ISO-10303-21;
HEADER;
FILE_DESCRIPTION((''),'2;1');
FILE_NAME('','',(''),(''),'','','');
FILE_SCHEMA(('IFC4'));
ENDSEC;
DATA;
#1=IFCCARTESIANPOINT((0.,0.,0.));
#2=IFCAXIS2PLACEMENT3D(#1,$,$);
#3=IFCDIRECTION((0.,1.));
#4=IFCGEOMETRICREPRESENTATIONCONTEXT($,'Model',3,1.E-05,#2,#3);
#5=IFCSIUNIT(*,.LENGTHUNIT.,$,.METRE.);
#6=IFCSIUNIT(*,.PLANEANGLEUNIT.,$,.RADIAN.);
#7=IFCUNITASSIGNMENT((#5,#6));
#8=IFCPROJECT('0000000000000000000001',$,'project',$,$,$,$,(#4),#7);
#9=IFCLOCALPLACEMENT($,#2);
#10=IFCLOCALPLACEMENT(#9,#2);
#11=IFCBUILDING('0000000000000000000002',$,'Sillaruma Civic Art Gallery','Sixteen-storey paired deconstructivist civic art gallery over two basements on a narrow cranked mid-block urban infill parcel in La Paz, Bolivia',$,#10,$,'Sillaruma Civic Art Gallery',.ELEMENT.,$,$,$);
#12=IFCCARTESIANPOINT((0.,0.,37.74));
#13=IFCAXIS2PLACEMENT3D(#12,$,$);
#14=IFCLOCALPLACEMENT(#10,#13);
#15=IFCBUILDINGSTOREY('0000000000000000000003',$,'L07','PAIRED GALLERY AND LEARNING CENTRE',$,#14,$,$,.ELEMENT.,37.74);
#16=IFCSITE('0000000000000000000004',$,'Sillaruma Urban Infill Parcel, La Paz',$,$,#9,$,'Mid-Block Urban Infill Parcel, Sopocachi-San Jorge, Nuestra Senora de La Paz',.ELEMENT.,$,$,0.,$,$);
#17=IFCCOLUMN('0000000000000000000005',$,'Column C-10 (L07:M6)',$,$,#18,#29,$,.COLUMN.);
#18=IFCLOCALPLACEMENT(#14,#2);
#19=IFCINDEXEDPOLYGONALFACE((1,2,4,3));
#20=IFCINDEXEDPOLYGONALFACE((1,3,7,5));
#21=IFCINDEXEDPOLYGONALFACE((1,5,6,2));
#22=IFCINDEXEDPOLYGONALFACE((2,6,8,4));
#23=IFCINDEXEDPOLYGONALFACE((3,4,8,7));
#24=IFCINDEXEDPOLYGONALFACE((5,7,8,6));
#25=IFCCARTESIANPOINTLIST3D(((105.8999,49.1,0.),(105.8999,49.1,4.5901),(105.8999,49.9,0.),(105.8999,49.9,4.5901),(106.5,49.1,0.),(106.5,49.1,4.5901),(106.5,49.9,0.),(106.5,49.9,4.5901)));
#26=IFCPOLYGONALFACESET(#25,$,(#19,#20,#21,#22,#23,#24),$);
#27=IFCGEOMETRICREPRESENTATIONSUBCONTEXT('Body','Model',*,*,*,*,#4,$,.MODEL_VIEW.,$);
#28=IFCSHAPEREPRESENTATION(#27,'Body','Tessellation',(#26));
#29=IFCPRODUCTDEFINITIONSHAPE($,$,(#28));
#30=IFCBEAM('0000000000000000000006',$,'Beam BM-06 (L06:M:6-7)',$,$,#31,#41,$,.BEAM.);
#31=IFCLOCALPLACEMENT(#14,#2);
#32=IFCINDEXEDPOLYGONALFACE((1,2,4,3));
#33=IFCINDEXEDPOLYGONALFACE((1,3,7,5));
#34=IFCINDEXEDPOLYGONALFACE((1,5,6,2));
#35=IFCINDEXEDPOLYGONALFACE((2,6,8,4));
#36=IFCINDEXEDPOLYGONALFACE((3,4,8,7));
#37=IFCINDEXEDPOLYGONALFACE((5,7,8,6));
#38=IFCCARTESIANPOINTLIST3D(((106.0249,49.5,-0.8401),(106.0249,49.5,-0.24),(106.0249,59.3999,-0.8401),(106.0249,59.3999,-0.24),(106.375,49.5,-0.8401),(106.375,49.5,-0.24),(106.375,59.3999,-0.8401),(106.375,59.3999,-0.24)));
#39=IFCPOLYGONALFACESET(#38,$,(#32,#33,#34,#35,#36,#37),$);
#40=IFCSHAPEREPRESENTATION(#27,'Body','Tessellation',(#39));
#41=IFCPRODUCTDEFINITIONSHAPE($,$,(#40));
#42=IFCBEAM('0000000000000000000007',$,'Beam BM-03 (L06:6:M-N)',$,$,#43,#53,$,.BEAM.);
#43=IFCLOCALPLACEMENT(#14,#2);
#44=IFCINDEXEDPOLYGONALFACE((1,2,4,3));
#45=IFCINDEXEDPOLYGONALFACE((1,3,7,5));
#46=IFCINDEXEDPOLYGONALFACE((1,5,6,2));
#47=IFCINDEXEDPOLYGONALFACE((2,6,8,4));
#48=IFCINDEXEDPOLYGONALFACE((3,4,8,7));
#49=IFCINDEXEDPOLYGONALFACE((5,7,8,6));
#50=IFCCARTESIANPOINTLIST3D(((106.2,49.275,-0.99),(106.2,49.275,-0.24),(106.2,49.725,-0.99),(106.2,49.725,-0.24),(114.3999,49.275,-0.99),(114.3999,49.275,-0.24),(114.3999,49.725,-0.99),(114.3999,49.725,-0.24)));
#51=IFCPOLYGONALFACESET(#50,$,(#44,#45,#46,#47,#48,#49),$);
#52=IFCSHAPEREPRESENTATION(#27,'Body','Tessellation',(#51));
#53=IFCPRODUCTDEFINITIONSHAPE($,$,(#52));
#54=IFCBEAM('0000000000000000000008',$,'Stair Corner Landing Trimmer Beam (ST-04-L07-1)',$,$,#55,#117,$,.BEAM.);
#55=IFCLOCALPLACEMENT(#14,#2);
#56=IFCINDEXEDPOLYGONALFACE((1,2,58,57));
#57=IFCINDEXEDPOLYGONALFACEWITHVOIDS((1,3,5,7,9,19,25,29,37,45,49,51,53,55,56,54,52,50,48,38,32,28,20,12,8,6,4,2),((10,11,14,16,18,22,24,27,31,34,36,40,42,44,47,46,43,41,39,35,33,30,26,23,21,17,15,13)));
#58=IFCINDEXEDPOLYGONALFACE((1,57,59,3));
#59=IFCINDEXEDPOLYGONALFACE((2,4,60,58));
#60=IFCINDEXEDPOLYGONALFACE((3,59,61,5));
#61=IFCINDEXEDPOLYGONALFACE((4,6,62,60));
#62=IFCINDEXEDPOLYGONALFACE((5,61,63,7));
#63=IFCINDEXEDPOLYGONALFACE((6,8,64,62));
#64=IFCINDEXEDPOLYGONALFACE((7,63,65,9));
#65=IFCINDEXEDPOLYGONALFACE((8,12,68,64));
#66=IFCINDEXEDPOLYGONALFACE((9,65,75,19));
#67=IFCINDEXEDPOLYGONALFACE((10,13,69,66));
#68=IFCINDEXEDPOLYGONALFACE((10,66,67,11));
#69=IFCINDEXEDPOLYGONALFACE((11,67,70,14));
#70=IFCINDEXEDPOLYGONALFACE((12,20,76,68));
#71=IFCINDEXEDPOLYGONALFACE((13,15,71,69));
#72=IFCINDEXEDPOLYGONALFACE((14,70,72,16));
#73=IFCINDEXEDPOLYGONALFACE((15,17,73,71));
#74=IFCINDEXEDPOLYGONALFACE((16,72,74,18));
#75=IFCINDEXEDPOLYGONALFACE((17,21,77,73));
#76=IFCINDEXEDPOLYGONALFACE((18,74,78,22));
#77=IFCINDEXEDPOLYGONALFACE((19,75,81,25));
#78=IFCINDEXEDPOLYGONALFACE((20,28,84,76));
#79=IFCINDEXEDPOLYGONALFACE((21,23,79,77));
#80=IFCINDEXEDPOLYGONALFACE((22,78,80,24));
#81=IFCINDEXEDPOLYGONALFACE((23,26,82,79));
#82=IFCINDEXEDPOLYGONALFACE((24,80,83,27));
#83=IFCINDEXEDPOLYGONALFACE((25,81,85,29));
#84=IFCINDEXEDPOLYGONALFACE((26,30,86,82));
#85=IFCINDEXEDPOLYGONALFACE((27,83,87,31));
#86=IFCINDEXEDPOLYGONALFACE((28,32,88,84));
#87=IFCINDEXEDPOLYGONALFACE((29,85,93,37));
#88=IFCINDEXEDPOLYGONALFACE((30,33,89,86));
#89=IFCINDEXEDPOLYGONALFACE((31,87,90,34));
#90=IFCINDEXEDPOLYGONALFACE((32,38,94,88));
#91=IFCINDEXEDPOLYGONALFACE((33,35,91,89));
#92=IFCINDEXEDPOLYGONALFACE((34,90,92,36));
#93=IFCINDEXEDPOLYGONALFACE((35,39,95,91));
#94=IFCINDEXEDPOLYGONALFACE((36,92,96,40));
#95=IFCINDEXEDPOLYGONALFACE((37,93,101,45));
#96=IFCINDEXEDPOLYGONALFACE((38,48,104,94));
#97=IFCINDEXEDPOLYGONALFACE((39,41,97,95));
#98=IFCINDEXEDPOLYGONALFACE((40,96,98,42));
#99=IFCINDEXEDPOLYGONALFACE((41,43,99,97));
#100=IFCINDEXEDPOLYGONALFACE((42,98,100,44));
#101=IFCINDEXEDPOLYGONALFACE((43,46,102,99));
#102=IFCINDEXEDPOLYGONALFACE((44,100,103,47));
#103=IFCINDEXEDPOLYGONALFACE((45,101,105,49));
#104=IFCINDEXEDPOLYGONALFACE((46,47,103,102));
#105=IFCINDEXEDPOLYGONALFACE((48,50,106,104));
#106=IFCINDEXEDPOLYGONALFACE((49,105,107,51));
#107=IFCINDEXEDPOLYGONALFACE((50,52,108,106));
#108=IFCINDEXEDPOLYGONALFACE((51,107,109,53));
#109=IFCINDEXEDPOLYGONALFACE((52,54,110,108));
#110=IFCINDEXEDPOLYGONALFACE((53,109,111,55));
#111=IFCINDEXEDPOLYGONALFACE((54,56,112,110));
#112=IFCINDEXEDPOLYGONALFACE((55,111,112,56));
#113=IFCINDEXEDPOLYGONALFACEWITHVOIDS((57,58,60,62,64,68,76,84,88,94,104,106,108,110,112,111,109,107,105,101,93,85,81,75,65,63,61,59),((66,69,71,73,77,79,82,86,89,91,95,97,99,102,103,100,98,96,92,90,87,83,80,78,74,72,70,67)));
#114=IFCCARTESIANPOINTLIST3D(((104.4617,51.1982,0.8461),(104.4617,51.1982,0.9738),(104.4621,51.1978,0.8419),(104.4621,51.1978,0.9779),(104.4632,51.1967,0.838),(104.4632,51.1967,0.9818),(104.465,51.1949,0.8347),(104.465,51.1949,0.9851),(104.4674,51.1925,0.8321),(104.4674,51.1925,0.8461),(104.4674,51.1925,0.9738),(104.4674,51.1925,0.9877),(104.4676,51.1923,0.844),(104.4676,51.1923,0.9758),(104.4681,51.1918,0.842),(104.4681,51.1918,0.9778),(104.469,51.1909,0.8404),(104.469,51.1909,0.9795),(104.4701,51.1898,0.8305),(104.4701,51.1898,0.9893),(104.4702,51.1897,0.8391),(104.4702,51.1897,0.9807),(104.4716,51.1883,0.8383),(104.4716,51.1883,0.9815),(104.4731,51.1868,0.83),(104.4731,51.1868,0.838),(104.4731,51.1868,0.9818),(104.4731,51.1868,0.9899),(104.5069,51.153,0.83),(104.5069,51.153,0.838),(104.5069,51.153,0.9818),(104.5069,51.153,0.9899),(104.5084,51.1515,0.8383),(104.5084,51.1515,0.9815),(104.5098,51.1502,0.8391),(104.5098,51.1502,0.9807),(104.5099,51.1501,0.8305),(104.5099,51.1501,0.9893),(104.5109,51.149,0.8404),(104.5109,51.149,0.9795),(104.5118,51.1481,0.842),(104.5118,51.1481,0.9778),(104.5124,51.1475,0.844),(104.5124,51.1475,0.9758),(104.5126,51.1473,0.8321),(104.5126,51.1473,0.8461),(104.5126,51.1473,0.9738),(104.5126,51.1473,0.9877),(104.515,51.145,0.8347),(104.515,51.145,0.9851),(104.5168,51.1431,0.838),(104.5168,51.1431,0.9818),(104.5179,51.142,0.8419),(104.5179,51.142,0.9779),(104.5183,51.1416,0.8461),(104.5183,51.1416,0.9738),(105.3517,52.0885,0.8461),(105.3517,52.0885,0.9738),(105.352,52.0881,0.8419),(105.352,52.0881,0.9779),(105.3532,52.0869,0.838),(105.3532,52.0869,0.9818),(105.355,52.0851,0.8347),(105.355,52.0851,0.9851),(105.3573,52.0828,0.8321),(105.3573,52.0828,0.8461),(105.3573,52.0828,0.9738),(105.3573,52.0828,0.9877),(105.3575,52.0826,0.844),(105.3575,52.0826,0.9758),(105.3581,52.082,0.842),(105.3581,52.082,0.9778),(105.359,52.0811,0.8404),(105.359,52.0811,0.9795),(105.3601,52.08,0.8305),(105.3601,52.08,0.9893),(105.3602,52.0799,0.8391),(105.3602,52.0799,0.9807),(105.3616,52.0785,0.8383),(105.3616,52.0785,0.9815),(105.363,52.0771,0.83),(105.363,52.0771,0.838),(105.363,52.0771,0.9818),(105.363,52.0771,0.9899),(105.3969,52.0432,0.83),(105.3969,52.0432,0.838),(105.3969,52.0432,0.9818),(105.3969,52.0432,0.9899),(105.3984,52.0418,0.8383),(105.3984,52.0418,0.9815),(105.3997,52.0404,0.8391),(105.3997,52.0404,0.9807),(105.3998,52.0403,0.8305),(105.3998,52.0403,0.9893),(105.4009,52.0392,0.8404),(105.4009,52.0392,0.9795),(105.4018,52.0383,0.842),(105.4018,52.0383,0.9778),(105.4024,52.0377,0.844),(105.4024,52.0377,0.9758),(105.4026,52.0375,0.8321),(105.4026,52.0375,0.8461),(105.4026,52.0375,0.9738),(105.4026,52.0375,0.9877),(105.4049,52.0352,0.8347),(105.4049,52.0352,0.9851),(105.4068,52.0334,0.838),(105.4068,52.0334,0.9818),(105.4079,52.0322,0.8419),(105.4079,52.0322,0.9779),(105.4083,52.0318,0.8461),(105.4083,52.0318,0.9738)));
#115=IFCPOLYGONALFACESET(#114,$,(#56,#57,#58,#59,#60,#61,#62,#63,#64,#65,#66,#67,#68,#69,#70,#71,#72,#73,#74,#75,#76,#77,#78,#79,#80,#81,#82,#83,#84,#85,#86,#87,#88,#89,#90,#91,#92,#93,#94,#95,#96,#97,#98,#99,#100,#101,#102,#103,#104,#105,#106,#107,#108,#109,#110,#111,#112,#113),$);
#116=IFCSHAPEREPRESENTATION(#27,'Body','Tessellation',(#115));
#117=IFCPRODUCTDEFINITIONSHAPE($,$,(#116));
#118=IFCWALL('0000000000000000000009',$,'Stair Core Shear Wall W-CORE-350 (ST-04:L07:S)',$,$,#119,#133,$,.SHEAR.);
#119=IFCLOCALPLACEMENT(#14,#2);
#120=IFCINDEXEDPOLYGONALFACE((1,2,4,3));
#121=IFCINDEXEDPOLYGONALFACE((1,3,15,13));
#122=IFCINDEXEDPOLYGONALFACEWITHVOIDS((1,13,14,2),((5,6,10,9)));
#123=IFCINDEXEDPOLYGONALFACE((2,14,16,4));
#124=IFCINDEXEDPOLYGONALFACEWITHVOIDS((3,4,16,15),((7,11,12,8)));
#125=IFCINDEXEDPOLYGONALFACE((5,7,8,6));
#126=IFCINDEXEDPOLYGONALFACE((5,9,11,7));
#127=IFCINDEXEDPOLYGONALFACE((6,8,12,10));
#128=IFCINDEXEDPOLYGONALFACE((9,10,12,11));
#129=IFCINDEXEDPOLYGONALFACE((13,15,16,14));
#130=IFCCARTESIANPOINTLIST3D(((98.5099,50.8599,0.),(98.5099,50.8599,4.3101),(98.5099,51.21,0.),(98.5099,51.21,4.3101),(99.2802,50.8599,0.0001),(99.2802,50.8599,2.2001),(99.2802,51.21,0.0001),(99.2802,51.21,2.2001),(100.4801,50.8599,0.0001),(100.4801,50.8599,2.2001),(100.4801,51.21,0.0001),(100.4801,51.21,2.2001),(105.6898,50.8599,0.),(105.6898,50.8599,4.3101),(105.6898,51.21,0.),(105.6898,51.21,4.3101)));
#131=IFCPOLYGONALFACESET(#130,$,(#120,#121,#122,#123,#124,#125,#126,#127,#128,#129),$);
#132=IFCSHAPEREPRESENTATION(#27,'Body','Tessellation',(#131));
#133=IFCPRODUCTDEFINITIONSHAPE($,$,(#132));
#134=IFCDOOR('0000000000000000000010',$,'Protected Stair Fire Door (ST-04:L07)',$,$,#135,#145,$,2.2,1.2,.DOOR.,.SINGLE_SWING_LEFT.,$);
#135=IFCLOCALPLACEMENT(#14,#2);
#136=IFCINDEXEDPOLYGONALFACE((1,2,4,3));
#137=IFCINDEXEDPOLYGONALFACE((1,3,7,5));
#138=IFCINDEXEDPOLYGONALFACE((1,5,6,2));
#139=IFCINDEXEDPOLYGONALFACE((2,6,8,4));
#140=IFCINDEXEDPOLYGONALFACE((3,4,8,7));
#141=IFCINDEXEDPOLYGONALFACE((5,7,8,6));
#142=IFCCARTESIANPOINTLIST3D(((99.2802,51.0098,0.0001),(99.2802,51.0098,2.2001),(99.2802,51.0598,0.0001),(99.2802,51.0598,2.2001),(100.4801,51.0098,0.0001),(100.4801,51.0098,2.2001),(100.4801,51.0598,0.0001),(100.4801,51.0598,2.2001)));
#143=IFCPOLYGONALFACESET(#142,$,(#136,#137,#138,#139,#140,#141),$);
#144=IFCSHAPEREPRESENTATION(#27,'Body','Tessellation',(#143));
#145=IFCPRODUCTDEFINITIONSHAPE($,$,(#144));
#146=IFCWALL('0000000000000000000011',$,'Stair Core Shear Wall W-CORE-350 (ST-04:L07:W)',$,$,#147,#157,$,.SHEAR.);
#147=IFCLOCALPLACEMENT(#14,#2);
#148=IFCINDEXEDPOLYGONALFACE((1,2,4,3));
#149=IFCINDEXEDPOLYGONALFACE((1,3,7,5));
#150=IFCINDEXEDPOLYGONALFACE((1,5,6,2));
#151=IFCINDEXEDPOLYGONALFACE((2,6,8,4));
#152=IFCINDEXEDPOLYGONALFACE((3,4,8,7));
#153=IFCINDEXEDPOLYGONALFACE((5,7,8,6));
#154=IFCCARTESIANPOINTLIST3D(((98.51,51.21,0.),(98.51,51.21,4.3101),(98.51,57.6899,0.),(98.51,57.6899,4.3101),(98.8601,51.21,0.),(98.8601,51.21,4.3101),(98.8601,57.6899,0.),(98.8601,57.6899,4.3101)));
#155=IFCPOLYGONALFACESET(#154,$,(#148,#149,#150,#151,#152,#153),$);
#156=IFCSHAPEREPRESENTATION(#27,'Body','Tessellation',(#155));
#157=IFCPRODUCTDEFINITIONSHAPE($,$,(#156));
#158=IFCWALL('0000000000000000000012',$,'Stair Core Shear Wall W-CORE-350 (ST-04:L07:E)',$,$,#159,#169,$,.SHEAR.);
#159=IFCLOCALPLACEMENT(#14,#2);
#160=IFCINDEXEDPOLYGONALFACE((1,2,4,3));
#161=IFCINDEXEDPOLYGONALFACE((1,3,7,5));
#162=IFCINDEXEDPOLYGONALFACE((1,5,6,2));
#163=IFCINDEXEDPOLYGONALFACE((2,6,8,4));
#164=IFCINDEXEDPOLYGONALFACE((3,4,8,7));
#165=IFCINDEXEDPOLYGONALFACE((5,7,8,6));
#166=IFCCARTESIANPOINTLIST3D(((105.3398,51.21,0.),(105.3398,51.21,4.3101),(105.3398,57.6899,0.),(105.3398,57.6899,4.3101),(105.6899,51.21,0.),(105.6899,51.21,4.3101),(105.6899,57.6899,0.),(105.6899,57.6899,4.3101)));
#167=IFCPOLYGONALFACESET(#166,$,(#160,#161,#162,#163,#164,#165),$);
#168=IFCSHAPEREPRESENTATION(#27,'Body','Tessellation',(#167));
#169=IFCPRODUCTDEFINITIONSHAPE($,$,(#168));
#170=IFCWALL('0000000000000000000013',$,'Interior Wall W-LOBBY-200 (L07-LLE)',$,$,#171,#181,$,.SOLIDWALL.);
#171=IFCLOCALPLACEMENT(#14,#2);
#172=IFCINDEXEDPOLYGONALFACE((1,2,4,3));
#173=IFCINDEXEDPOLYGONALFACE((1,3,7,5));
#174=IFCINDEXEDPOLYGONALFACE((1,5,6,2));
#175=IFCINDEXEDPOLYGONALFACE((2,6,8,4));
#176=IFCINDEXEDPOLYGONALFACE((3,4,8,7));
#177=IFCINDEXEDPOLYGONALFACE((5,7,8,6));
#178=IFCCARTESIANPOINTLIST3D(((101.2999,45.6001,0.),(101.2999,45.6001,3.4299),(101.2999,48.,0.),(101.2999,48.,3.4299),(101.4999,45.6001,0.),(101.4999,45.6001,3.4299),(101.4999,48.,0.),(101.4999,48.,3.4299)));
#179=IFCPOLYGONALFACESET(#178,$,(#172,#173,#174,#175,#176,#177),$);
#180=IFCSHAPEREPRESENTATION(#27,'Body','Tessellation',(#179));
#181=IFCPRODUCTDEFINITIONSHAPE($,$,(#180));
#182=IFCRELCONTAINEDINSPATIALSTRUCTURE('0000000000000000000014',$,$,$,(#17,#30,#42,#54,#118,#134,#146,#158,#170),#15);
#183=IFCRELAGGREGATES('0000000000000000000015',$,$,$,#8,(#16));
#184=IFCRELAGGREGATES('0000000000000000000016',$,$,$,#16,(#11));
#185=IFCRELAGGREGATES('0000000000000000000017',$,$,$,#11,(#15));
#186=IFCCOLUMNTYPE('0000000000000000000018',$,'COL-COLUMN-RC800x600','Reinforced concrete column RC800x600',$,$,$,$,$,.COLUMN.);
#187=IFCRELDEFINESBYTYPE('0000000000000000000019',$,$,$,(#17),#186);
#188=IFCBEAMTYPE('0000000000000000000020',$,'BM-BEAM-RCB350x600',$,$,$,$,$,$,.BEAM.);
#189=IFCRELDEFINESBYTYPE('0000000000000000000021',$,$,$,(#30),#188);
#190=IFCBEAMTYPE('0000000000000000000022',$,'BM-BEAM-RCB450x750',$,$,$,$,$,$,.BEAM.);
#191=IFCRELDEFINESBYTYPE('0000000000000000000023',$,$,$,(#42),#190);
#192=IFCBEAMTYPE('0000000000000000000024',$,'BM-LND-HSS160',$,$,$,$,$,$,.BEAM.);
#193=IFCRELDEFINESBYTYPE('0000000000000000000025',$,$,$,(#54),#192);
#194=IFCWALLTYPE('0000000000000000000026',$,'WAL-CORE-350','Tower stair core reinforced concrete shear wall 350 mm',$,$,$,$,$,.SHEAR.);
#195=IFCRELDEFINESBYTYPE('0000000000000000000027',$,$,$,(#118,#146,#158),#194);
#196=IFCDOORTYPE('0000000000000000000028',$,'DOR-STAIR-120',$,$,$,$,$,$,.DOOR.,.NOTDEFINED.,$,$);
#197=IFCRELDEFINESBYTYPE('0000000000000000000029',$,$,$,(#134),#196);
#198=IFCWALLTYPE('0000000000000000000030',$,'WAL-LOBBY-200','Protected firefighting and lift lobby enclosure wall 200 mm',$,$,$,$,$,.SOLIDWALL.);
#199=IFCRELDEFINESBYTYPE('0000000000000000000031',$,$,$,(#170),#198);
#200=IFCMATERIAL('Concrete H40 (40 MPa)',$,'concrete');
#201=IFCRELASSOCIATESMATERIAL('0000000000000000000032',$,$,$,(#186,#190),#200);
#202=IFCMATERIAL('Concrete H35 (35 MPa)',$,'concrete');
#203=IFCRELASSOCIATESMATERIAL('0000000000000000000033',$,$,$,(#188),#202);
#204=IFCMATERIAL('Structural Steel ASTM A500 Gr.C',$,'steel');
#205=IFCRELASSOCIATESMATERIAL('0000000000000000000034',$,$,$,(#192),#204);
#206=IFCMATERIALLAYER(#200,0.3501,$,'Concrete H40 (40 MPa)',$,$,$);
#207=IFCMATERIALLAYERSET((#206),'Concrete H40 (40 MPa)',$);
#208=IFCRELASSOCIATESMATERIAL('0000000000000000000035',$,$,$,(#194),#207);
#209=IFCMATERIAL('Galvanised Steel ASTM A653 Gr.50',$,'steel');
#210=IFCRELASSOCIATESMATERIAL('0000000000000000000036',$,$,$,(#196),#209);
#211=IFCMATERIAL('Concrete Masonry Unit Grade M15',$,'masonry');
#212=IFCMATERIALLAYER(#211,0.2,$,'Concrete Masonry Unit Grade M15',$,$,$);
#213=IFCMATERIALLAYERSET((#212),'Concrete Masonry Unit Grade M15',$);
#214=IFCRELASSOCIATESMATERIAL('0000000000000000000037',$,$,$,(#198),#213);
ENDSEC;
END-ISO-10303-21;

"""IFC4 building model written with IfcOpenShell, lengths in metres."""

from ifc_helpers import new_model, si_unit, direction, frame, frame_2d, origin, origin_2d, place, context, subcontext, project, spatial, rectangle, hollow_rectangle, extrude, material, layer, layer_set, material_profile, profile_set, type_object, element, fill, save


model = new_model("IFC4")

# Units and contexts
model_context = context("Model", 3, precision=1e-05, world=origin(), true_north=direction((0.0, 1.0)))
body_context = subcontext(model_context, "Body", "Model", "MODEL_VIEW")
ifc_project = project(units=[si_unit("LENGTHUNIT", "METRE"), si_unit("PLANEANGLEUNIT", "RADIAN")], contexts=[model_context])

# Site, building, storey
site_placement = place(None, origin())
site = spatial("IfcSite", under=ifc_project, at=site_placement, Name="Sillaruma Urban Infill Parcel, La Paz", LongName="Mid-Block Urban Infill Parcel, Sopocachi-San Jorge, Nuestra Senora de La Paz", CompositionType="ELEMENT", RefElevation=0.0)
building_placement = place(site_placement, origin())
building = spatial("IfcBuilding", under=site, at=building_placement, Name="Sillaruma Civic Art Gallery", Description="Sixteen-storey paired deconstructivist civic art gallery over two basements on a narrow cranked mid-block urban infill parcel in La Paz, Bolivia", LongName="Sillaruma Civic Art Gallery", CompositionType="ELEMENT")
storey_placement = place(building_placement, frame((0.0, 0.0, 37.74)))
storey = spatial("IfcBuildingStorey", under=building, at=storey_placement, Name="L07", Description="PAIRED GALLERY AND LEARNING CENTRE", CompositionType="ELEMENT", Elevation=37.74)

# Column
ifc_material_1 = material(Name="Concrete H40 (40 MPa)", Category="concrete")
ifc_material_profile_1 = material_profile(ifc_material_1, rectangle(XDim=0.6001, YDim=0.8, at=origin_2d()), Name="RC800x600")
ifc_profile_set_1 = profile_set([ifc_material_profile_1], Name="Concrete H40 (40 MPa)")
column_type = type_object("IfcColumnType", Name="COL-COLUMN-RC800x600", Description="Reinforced concrete column RC800x600", PredefinedType="COLUMN", material=ifc_profile_set_1)
column_placement = place(storey_placement, frame((106.2, 49.5, 0.0), z_axis=(0.0, 0.0, 1.0), x_axis=(1.0, 0.0, 0.0)))
element("IfcColumn", 1, at=column_placement, inside=storey, type_object=column_type, Name="Column C-10 (L07:M6)", PredefinedType="COLUMN", context=body_context, shape_type="SweptSolid", body=[
    extrude(rectangle(XDim=0.6001, YDim=0.8, at=origin_2d()), origin(), (0.0, 0.0, 1.0), 4.5901),
])

# Beams
ifc_material_2 = material(Name="Concrete H35 (35 MPa)", Category="concrete")
ifc_material_profile_2 = material_profile(ifc_material_2, rectangle(XDim=0.3501, YDim=0.6001, at=origin_2d()), Name="RCB350x600")
ifc_profile_set_2 = profile_set([ifc_material_profile_2], Name="Concrete H35 (35 MPa)")
beam_type_1 = type_object("IfcBeamType", Name="BM-BEAM-RCB350x600", PredefinedType="BEAM", material=ifc_profile_set_2)
beam_1_placement = place(storey_placement, frame((106.2, 49.5, -0.54), z_axis=(0.0, 1.0, 0.0), x_axis=(-1.0, 0.0, 0.0)))
element("IfcBeam", 2, at=beam_1_placement, inside=storey, type_object=beam_type_1, Name="Beam BM-06 (L06:M:6-7)", PredefinedType="BEAM", context=body_context, shape_type="SweptSolid", body=[
    extrude(rectangle(XDim=0.3501, YDim=0.6001, at=origin_2d()), origin(), (0.0, 0.0, 1.0), 9.8999),
])
ifc_material_profile_3 = material_profile(ifc_material_1, rectangle(XDim=0.45, YDim=0.75, at=origin_2d()), Name="RCB450x750")
ifc_profile_set_3 = profile_set([ifc_material_profile_3], Name="Concrete H40 (40 MPa)")
beam_type_2 = type_object("IfcBeamType", Name="BM-BEAM-RCB450x750", PredefinedType="BEAM", material=ifc_profile_set_3)
beam_2_placement = place(storey_placement, frame((106.2, 49.5, -0.615), z_axis=(1.0, 0.0, 0.0), x_axis=(0.0, 1.0, 0.0)))
element("IfcBeam", 3, at=beam_2_placement, inside=storey, type_object=beam_type_2, Name="Beam BM-03 (L06:6:M-N)", PredefinedType="BEAM", context=body_context, shape_type="SweptSolid", body=[
    extrude(rectangle(XDim=0.45, YDim=0.75, at=origin_2d()), origin(), (0.0, 0.0, 1.0), 8.2),
])
ifc_material_3 = material(Name="Structural Steel ASTM A500 Gr.C", Category="steel")
ifc_material_profile_4 = material_profile(ifc_material_3, hollow_rectangle(XDim=0.0801, YDim=0.1599, WallThickness=0.0081, InnerFilletRadius=0.0081, OuterFilletRadius=0.0161, at=origin_2d()), Name="HSS160x80x8")
ifc_profile_set_4 = profile_set([ifc_material_profile_4], Name="Structural Steel ASTM A500 Gr.C")
beam_type_3 = type_object("IfcBeamType", Name="BM-LND-HSS160", PredefinedType="BEAM", material=ifc_profile_set_4)
beam_3_placement = place(storey_placement, frame((104.49, 51.1699, 0.9099), z_axis=(0.70701, 0.707204, 0.0), x_axis=(-0.707204, 0.70701, 0.0)))
element("IfcBeam", 4, at=beam_3_placement, inside=storey, type_object=beam_type_3, Name="Stair Corner Landing Trimmer Beam (ST-04-L07-1)", PredefinedType="BEAM", context=body_context, shape_type="SweptSolid", body=[
    extrude(hollow_rectangle(XDim=0.0801, YDim=0.1599, WallThickness=0.0081, InnerFilletRadius=0.0081, OuterFilletRadius=0.0161, at=origin_2d()), origin(), (0.0, 0.0, 1.0), 1.2588),
])

# Wall, opening, door
ifc_layer_1 = layer(ifc_material_1, 0.3501, Name="Concrete H40 (40 MPa)")
ifc_layer_set_1 = layer_set([ifc_layer_1], Name="Concrete H40 (40 MPa)")
wall_type_1 = type_object("IfcWallType", Name="WAL-CORE-350", Description="Tower stair core reinforced concrete shear wall 350 mm", PredefinedType="SHEAR", material=ifc_layer_set_1)
wall_1_placement = place(storey_placement, frame((98.51, 51.0349, 0.0), z_axis=(0.0, 0.0, 1.0), x_axis=(1.0, 0.0, 0.0)))
wall_1 = element("IfcWall", 5, at=wall_1_placement, inside=storey, type_object=wall_type_1, Name="Stair Core Shear Wall W-CORE-350 (ST-04:L07:S)", PredefinedType="SHEAR", context=body_context, shape_type="SweptSolid", body=[
    extrude(rectangle(XDim=7.1799, YDim=0.3501, at=frame_2d((3.5898, 0.0))), origin(), (0.0, 0.0, 1.0), 4.3101),
])
opening_1_placement = place(wall_1_placement, frame((0.77, 0.0, 0.0)))
opening_1 = element("IfcOpeningElement", 6, at=opening_1_placement, cuts=wall_1, PredefinedType="OPENING", context=body_context, shape_type="SweptSolid", body=[
    extrude(rectangle(XDim=1.2, YDim=2.2, at=frame_2d((0.6001, 1.1001))), frame((0.0, 0.1851, 0.0), z_axis=(0.0, -1.0, 0.0), x_axis=(1.0, 0.0, 0.0)), (0.0, 0.0, 1.0), 0.3701),
])
ifc_material_4 = material(Name="Galvanised Steel ASTM A653 Gr.50", Category="steel")
door_type_1 = type_object("IfcDoorType", Name="DOR-STAIR-120", OperationType="NOTDEFINED", PredefinedType="DOOR", material=ifc_material_4)
door_1_placement = place(opening_1_placement, origin())
door_1 = element("IfcDoor", 7, at=door_1_placement, inside=storey, type_object=door_type_1, Name="Protected Stair Fire Door (ST-04:L07)", OperationType="SINGLE_SWING_LEFT", OverallHeight=2.2, OverallWidth=1.2, PredefinedType="DOOR", context=body_context, shape_type="SweptSolid", body=[
    extrude(rectangle(XDim=1.2, YDim=2.2, at=frame_2d((0.6001, 1.1001))), frame((0.0, 0.0249, 0.0), z_axis=(0.0, -1.0, 0.0), x_axis=(1.0, 0.0, 0.0)), (0.0, 0.0, 1.0), 0.05),
])
fill(opening_1, door_1)

# Walls
for number, where, z_axis, x_axis, name in (
    (8, (98.6851, 51.21, 0.0), (0.0, 0.0, 1.0), (0.0, 1.0, 0.0), "Stair Core Shear Wall W-CORE-350 (ST-04:L07:W)"),
    (9, (105.5149, 51.21, 0.0), (0.0, 0.0, 1.0), (0.0, 1.0, 0.0), "Stair Core Shear Wall W-CORE-350 (ST-04:L07:E)"),
):
    element("IfcWall", number, at=place(storey_placement, frame(where, z_axis=z_axis, x_axis=x_axis)), inside=storey, type_object=wall_type_1, Name=name, PredefinedType="SHEAR", context=body_context, shape_type="SweptSolid", body=[
        extrude(rectangle(XDim=6.48, YDim=0.3501, at=frame_2d((3.24, 0.0))), origin(), (0.0, 0.0, 1.0), 4.3101),
    ])
ifc_material_5 = material(Name="Concrete Masonry Unit Grade M15", Category="masonry")
ifc_layer_2 = layer(ifc_material_5, 0.2, Name="Concrete Masonry Unit Grade M15")
ifc_layer_set_2 = layer_set([ifc_layer_2], Name="Concrete Masonry Unit Grade M15")
wall_type_2 = type_object("IfcWallType", Name="WAL-LOBBY-200", Description="Protected firefighting and lift lobby enclosure wall 200 mm", PredefinedType="SOLIDWALL", material=ifc_layer_set_2)
wall_2_placement = place(storey_placement, frame((101.3999, 45.6001, 0.0), z_axis=(0.0, 0.0, 1.0), x_axis=(0.0, 1.0, 0.0)))
element("IfcWall", 10, at=wall_2_placement, inside=storey, type_object=wall_type_2, Name="Interior Wall W-LOBBY-200 (L07-LLE)", PredefinedType="SOLIDWALL", context=body_context, shape_type="SweptSolid", body=[
    extrude(rectangle(XDim=2.3999, YDim=0.2, at=frame_2d((1.2, 0.0))), origin(), (0.0, 0.0, 1.0), 3.4299),
])

save(model, "model.ifc")
